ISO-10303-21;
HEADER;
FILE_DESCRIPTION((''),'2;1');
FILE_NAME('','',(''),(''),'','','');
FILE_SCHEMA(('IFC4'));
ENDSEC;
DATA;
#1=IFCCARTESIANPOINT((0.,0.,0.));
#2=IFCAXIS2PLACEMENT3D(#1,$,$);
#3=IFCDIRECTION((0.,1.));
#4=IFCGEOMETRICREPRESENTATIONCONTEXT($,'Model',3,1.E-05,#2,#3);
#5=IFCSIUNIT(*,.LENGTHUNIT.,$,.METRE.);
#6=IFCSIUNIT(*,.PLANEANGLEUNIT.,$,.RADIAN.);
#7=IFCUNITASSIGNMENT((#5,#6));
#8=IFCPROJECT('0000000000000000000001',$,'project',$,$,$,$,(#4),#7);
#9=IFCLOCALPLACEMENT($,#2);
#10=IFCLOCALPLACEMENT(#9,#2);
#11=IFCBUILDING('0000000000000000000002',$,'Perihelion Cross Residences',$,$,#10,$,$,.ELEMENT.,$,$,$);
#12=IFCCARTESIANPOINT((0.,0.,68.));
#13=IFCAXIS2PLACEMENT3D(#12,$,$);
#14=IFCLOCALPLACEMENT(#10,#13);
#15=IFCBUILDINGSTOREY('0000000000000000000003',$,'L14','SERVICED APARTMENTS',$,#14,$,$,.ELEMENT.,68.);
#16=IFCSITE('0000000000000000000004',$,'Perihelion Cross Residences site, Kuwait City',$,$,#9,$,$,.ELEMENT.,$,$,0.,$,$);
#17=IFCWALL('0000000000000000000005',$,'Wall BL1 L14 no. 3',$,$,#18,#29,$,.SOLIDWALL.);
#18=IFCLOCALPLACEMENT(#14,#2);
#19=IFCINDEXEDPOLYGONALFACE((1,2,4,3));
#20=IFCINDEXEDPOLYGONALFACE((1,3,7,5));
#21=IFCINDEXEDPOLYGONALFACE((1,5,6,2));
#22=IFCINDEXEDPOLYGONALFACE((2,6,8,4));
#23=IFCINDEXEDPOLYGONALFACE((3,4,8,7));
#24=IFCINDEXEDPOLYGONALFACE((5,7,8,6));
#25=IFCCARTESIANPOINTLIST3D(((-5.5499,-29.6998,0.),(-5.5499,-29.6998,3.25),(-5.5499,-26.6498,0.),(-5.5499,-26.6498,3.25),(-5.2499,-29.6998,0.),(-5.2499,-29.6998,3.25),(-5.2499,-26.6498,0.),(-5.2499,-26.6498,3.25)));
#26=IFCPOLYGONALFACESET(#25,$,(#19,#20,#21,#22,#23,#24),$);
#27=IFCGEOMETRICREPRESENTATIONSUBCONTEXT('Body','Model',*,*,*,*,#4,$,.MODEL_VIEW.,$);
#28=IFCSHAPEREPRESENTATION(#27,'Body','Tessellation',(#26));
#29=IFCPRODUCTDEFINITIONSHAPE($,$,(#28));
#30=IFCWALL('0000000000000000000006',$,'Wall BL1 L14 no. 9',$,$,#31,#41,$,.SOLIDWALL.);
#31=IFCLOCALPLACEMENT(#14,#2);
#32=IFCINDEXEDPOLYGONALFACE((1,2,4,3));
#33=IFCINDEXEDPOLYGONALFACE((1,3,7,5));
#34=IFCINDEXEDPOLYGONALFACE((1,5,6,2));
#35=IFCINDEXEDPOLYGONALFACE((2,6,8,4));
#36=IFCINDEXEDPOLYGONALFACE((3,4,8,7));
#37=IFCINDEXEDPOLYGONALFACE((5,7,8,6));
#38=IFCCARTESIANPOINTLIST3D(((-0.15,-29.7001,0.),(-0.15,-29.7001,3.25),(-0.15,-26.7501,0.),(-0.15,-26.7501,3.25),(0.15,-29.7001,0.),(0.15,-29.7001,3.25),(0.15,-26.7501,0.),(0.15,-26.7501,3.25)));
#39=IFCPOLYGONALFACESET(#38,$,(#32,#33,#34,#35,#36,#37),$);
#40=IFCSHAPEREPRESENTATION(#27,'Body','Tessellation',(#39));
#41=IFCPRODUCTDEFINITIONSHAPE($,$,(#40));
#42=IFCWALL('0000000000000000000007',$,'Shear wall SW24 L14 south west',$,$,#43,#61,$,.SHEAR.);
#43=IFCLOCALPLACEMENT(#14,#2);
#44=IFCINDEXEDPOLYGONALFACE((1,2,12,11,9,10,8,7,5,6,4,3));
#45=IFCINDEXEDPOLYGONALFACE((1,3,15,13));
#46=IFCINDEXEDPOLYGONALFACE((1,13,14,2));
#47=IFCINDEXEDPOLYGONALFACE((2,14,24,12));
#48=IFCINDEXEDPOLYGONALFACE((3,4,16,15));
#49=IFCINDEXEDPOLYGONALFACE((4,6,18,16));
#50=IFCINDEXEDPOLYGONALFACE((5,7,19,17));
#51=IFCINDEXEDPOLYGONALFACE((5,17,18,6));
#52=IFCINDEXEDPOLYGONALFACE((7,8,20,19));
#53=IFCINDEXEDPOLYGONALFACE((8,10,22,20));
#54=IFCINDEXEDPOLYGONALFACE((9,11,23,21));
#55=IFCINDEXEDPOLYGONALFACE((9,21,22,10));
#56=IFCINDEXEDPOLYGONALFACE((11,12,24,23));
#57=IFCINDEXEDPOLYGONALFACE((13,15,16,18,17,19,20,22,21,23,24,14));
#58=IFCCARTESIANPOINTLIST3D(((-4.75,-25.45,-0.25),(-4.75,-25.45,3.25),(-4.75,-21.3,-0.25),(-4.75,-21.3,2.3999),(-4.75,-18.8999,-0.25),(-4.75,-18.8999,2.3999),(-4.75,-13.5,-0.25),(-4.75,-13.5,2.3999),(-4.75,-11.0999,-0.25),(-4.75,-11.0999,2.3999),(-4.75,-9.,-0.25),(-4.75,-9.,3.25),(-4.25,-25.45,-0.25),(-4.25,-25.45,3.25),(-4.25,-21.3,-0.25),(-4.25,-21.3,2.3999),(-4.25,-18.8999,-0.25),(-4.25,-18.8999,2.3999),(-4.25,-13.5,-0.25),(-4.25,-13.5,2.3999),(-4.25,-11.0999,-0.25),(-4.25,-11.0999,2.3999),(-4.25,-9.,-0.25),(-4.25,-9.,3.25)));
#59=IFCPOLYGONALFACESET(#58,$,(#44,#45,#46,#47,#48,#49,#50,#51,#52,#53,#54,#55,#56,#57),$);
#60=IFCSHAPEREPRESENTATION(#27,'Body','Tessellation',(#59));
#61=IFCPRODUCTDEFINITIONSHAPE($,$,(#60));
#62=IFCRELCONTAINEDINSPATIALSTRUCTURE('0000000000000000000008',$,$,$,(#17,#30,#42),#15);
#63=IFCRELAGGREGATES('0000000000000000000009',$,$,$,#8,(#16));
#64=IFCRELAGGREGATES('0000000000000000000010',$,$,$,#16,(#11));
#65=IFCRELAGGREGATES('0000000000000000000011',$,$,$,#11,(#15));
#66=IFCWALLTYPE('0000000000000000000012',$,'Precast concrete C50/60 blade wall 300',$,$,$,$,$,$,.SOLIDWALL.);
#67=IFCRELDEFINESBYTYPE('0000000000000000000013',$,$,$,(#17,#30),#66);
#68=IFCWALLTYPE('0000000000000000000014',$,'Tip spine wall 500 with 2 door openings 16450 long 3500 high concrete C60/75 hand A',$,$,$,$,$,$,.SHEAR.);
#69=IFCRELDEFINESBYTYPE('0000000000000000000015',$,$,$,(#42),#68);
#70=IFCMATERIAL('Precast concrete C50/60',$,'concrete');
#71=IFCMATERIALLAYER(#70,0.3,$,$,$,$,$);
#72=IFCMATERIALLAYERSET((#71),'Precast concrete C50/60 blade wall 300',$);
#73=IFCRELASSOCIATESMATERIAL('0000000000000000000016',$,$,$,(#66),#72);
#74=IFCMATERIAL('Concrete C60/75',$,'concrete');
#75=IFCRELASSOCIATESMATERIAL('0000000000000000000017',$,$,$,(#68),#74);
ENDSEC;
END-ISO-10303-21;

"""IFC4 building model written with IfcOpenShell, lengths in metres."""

from ifc_helpers import new_model, si_unit, direction, frame, frame_2d, origin, place, context, subcontext, project, spatial, polyline, rectangle, outline, extrude, material, layer, layer_set, material_profile, profile_set, type_object, element, save


model = new_model("IFC4")

# Units and contexts
model_context = context("Model", 3, precision=1e-05, world=origin(), true_north=direction((0.0, 1.0)))
body_context = subcontext(model_context, "Body", "Model", "MODEL_VIEW")
ifc_project = project(units=[si_unit("LENGTHUNIT", "METRE"), si_unit("PLANEANGLEUNIT", "RADIAN")], contexts=[model_context])

# Site, building, storey
site_placement = place(None, origin())
site = spatial("IfcSite", under=ifc_project, at=site_placement, Name="Perihelion Cross Residences site, Kuwait City", CompositionType="ELEMENT", RefElevation=0.0)
building_placement = place(site_placement, origin())
building = spatial("IfcBuilding", under=site, at=building_placement, Name="Perihelion Cross Residences", CompositionType="ELEMENT")
storey_placement = place(building_placement, frame((0.0, 0.0, 68.0)))
storey = spatial("IfcBuildingStorey", under=building, at=storey_placement, Name="L14", Description="SERVICED APARTMENTS", CompositionType="ELEMENT", Elevation=68.0)

# Walls
ifc_material_1 = material(Name="Precast concrete C50/60", Category="concrete")
ifc_layer_1 = layer(ifc_material_1, 0.3)
ifc_layer_set_1 = layer_set([ifc_layer_1], Name="Precast concrete C50/60 blade wall 300")
wall_type_1 = type_object("IfcWallType", Name="Precast concrete C50/60 blade wall 300", PredefinedType="SOLIDWALL", material=ifc_layer_set_1)
for number, where, z_axis, x_axis, name in (
    (1, (-5.3999, -26.6499, 0.0), (0.0, 0.0, 1.0), (0.0, -1.0, 0.0), "Wall BL1 L14 no. 3"),
):
    element("IfcWall", number, at=place(storey_placement, frame(where, z_axis=z_axis, x_axis=x_axis)), inside=storey, type_object=wall_type_1, Name=name, PredefinedType="SOLIDWALL", context=body_context, shape_type="SweptSolid", body=[
        extrude(rectangle(XDim=3.05, YDim=0.3, at=frame_2d((1.5249, 0.0))), origin(), (0.0, 0.0, 1.0), 3.25),
    ])
wall_1_placement = place(storey_placement, frame((0.0, -26.75, 0.0), z_axis=(0.0, 0.0, 1.0), x_axis=(0.0, -1.0, 0.0)))
element("IfcWall", 2, at=wall_1_placement, inside=storey, type_object=wall_type_1, Name="Wall BL1 L14 no. 9", PredefinedType="SOLIDWALL", context=body_context, shape_type="SweptSolid", body=[
    extrude(rectangle(XDim=2.95, YDim=0.3, at=frame_2d((1.4751, 0.0))), origin(), (0.0, 0.0, 1.0), 3.25),
])
ifc_material_2 = material(Name="Concrete C60/75", Category="concrete")
ifc_material_profile_1 = material_profile(ifc_material_2, outline(polyline([(0.0, 0.0), (4.1499, 0.0), (4.1499, 2.6499), (6.55, 2.6499), (6.55, 0.0), (11.95, 0.0), (11.95, 2.6499), (14.3501, 2.6499), (14.3501, 0.0), (16.45, 0.0), (16.45, 3.5), (0.0, 3.5), (0.0, 0.0)])), Name="Tip spine wall")
ifc_profile_set_1 = profile_set([ifc_material_profile_1], Name="Concrete C60/75")
wall_type_2 = type_object("IfcWallType", Name="Tip spine wall 500 with 2 door openings 16450 long 3500 high concrete C60/75 hand A", PredefinedType="SHEAR", material=ifc_profile_set_1)
wall_2_placement = place(storey_placement, frame((-4.75, -25.45, -0.25), z_axis=(1.0, 0.0, 0.0), x_axis=(0.0, 1.0, 0.0)))
element("IfcWall", 3, at=wall_2_placement, inside=storey, type_object=wall_type_2, Name="Shear wall SW24 L14 south west", PredefinedType="SHEAR", context=body_context, shape_type="SweptSolid", body=[
    extrude(outline(polyline([(0.0, 0.0), (4.1499, 0.0), (4.1499, 2.6499), (6.55, 2.6499), (6.55, 0.0), (11.95, 0.0), (11.95, 2.6499), (14.3501, 2.6499), (14.3501, 0.0), (16.45, 0.0), (16.45, 3.5), (0.0, 3.5), (0.0, 0.0)])), origin(), (0.0, 0.0, 1.0), 0.5),
])

save(model, "model.ifc")
